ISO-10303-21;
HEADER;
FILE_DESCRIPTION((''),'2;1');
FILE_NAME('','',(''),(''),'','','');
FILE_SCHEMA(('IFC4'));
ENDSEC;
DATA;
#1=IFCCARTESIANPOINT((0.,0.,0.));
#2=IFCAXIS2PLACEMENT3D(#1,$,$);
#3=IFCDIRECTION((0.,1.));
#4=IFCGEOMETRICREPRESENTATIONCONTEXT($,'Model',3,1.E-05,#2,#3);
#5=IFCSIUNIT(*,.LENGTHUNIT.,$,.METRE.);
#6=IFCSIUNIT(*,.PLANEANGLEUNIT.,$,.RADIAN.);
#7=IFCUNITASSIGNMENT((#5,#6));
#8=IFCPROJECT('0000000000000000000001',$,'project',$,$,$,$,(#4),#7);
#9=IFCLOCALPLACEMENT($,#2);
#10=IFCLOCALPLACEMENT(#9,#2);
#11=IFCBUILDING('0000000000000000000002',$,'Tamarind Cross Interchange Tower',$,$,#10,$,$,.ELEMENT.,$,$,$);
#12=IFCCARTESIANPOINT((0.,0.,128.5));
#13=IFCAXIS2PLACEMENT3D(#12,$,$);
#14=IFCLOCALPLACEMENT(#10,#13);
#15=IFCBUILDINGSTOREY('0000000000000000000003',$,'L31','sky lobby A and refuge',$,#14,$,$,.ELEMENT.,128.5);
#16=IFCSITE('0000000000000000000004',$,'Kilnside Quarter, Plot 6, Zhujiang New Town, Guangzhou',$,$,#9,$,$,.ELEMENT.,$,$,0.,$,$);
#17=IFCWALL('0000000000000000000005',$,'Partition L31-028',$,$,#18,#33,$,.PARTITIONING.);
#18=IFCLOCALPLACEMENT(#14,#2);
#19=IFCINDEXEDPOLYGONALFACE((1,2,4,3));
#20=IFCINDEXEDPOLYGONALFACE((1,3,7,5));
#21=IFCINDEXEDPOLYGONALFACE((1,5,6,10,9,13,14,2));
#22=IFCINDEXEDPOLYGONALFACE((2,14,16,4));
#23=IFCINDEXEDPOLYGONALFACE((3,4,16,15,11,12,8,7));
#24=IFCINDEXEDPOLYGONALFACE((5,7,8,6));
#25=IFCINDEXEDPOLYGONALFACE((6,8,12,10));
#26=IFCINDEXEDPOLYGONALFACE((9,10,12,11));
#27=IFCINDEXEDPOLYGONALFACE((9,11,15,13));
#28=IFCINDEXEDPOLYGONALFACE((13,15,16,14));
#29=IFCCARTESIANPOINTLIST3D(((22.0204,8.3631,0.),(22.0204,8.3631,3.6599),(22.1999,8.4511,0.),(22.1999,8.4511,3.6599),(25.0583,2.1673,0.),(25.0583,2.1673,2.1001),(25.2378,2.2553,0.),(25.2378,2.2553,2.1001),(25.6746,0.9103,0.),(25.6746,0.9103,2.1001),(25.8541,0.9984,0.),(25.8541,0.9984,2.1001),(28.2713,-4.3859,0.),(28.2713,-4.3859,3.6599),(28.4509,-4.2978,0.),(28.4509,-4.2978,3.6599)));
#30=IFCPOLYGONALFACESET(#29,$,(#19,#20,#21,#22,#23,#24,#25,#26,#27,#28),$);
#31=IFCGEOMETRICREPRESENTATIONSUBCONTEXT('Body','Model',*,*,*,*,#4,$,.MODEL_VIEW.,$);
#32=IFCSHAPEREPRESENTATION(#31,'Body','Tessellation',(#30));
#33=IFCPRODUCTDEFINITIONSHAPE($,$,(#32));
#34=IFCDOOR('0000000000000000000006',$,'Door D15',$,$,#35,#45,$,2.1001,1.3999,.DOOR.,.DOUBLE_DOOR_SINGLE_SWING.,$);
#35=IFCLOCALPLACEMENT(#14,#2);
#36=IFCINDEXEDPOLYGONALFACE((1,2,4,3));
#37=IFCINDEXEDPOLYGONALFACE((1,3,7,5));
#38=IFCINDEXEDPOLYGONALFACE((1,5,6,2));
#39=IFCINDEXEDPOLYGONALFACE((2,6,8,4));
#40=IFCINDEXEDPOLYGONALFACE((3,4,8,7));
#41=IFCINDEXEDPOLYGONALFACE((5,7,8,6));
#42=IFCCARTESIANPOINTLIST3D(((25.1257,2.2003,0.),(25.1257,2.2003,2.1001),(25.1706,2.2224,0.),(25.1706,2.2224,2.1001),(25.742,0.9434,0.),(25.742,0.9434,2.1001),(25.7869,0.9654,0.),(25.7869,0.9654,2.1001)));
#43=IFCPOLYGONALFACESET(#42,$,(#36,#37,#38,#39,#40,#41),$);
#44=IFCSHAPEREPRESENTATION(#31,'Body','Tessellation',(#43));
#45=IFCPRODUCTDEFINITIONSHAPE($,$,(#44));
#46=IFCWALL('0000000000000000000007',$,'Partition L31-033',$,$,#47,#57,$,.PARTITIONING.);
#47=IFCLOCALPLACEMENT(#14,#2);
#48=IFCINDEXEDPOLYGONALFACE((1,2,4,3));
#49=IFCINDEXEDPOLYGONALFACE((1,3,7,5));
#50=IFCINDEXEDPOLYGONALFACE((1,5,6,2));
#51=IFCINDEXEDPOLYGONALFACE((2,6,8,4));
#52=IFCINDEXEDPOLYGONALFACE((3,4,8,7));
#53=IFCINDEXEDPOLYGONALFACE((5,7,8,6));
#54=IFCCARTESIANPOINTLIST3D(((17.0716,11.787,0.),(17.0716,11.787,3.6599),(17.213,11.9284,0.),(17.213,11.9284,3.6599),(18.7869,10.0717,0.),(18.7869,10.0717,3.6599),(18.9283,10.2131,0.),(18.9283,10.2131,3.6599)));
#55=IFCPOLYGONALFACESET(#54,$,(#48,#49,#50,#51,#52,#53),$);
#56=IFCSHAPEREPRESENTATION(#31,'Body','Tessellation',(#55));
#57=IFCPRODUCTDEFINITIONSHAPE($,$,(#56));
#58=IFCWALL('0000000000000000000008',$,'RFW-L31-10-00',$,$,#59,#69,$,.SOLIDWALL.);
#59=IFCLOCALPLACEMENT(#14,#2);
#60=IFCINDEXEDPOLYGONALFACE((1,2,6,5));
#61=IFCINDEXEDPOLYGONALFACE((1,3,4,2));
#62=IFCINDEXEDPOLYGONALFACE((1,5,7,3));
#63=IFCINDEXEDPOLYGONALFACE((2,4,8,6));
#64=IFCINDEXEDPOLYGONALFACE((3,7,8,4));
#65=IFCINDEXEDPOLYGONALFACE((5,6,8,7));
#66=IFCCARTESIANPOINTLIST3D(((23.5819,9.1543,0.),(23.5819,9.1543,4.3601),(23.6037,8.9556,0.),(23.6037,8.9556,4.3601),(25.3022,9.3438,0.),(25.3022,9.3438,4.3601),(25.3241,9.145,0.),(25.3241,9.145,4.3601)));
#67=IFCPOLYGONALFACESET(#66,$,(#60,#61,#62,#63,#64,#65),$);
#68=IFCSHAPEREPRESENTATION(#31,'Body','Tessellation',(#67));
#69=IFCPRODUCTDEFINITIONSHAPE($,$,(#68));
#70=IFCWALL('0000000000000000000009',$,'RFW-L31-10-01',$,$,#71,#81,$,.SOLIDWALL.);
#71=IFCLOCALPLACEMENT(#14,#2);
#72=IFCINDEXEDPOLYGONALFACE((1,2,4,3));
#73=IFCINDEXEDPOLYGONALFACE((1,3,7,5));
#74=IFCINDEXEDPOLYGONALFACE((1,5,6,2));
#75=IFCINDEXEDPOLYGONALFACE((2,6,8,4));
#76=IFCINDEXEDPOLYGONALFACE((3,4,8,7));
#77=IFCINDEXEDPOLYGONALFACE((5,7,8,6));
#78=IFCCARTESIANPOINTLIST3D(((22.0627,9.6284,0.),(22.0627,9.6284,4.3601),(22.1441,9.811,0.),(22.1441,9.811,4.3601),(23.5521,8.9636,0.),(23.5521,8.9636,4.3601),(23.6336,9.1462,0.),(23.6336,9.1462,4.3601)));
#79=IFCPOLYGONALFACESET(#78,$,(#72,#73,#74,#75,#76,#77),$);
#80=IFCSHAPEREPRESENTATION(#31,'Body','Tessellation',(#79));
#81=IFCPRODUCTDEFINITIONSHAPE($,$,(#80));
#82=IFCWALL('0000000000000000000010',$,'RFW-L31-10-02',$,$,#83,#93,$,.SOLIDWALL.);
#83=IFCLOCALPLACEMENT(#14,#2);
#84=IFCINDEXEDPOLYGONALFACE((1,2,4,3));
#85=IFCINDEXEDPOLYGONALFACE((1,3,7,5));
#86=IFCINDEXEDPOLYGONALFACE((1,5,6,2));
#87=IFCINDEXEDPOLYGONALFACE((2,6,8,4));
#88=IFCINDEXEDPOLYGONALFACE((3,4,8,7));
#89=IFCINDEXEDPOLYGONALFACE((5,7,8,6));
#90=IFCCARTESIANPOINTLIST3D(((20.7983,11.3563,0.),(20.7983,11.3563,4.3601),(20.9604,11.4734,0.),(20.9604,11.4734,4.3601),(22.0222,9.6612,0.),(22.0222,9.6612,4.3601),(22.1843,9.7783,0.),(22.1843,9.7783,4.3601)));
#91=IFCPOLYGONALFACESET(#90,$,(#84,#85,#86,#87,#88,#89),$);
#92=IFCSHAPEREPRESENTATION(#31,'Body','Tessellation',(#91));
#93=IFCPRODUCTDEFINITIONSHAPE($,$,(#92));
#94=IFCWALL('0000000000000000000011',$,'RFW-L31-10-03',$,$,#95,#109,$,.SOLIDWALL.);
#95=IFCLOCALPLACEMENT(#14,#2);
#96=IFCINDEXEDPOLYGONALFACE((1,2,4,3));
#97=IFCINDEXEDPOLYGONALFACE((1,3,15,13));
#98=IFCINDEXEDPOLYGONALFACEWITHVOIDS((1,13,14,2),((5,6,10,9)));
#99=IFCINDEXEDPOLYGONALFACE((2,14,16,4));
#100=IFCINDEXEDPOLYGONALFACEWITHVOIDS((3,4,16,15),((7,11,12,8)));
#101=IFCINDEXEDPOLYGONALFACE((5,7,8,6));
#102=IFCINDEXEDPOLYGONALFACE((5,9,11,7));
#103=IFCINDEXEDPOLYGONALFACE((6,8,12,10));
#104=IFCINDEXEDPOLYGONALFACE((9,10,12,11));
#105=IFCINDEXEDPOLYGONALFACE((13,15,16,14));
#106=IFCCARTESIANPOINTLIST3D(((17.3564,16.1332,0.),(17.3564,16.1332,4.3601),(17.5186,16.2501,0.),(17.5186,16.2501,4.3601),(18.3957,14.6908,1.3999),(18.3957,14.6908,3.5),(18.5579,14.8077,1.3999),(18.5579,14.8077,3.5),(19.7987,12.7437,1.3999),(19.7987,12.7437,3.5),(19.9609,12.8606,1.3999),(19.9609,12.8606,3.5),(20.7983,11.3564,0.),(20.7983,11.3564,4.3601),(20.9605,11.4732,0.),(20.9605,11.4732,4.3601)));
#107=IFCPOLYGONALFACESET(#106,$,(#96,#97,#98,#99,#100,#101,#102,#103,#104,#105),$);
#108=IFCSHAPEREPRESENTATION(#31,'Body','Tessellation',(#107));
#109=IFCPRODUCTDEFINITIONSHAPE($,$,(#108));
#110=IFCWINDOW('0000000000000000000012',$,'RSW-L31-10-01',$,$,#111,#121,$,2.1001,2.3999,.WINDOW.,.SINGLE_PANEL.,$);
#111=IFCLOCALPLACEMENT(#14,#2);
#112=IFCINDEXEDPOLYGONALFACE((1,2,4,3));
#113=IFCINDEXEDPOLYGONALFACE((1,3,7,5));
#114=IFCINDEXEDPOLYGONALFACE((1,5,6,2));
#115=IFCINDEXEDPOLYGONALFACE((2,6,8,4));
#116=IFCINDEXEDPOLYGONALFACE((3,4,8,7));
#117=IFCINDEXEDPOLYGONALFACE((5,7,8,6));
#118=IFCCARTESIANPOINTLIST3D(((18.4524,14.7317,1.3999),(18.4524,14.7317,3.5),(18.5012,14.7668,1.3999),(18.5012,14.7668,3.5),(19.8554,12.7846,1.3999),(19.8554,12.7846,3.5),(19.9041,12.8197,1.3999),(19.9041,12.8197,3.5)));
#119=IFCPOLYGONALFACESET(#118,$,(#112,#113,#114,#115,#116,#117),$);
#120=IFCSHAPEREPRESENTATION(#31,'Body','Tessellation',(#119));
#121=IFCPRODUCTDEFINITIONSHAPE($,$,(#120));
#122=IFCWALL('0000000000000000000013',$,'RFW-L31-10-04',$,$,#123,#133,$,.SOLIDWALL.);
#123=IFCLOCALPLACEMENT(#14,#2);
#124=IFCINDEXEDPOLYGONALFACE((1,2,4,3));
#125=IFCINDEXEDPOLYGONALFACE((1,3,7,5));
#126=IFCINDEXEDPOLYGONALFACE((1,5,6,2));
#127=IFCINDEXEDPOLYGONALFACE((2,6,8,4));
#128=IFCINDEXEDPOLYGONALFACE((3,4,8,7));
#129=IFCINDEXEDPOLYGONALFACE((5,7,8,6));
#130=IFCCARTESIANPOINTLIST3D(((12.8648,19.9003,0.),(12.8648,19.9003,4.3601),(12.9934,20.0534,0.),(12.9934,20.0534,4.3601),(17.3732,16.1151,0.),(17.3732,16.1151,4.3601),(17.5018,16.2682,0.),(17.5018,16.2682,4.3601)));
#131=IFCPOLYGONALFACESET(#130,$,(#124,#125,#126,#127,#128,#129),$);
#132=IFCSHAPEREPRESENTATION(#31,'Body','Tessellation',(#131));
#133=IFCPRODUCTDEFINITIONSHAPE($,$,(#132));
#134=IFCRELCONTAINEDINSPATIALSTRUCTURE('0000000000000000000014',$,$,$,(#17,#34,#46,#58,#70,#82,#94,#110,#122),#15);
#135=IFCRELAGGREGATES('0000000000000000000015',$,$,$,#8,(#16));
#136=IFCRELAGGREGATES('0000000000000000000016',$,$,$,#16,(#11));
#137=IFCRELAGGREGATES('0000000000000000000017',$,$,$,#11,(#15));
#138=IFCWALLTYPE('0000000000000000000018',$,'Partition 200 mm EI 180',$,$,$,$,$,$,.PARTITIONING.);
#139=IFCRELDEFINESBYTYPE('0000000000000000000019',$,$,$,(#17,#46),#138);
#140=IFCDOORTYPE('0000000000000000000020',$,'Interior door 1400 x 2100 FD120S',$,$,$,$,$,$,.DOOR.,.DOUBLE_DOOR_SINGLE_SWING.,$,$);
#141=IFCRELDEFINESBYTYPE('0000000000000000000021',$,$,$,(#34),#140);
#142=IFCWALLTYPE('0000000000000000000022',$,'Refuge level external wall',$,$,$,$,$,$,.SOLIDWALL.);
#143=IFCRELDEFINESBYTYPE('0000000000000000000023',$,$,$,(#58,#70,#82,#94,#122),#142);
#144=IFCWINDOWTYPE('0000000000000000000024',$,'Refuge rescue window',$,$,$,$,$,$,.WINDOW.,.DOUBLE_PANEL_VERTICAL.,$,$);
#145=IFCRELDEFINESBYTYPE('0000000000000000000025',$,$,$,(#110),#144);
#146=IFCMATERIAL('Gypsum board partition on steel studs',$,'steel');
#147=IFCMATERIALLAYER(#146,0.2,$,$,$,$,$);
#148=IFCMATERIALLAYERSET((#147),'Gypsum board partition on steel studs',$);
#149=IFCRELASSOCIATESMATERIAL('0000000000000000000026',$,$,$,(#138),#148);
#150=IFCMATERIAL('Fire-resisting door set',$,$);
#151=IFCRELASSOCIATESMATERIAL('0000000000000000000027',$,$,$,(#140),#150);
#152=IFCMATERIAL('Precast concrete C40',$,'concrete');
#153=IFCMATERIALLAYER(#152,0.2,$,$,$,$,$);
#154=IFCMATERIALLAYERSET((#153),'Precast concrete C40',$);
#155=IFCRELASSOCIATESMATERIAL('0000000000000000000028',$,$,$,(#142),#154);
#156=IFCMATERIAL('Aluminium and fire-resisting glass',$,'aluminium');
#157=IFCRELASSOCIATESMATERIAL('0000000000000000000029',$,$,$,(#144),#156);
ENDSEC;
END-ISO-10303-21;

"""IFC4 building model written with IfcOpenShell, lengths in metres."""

from ifc_helpers import new_model, si_unit, direction, frame, frame_2d, origin, place, context, subcontext, project, spatial, rectangle, extrude, material, layer, layer_set, type_object, element, fill, save


model = new_model("IFC4")

# Units and contexts
model_context = context("Model", 3, precision=1e-05, world=origin(), true_north=direction((0.0, 1.0)))
body_context = subcontext(model_context, "Body", "Model", "MODEL_VIEW")
ifc_project = project(units=[si_unit("LENGTHUNIT", "METRE"), si_unit("PLANEANGLEUNIT", "RADIAN")], contexts=[model_context])

# Site, building, storey
site_placement = place(None, origin())
site = spatial("IfcSite", under=ifc_project, at=site_placement, Name="Kilnside Quarter, Plot 6, Zhujiang New Town, Guangzhou", CompositionType="ELEMENT", RefElevation=0.0)
building_placement = place(site_placement, origin())
building = spatial("IfcBuilding", under=site, at=building_placement, Name="Tamarind Cross Interchange Tower", CompositionType="ELEMENT")
storey_placement = place(building_placement, frame((0.0, 0.0, 128.5)))
storey = spatial("IfcBuildingStorey", under=building, at=storey_placement, Name="L31", Description="sky lobby A and refuge", CompositionType="ELEMENT", Elevation=128.5)

# Wall, opening, door
ifc_material_1 = material(Name="Gypsum board partition on steel studs", Category="steel")
ifc_layer_1 = layer(ifc_material_1, 0.2)
ifc_layer_set_1 = layer_set([ifc_layer_1], Name="Gypsum board partition on steel studs")
wall_type_1 = type_object("IfcWallType", Name="Partition 200 mm EI 180", PredefinedType="PARTITIONING", material=ifc_layer_set_1)
wall_1_placement = place(storey_placement, frame((22.1101, 8.4072, 0.0), z_axis=(0.0, 0.0, 1.0), x_axis=(0.44024, -0.89788, 0.0)))
wall_1 = element("IfcWall", 1, at=wall_1_placement, inside=storey, type_object=wall_type_1, Name="Partition L31-028", PredefinedType="PARTITIONING", context=body_context, shape_type="SweptSolid", body=[
    extrude(rectangle(XDim=14.199, YDim=0.2, at=frame_2d((7.0996, 0.0))), origin(), (0.0, 0.0, 1.0), 3.6599),
])
opening_1_placement = place(wall_1_placement, frame((6.9006, 0.0, 0.0)))
opening_1 = element("IfcOpeningElement", 2, at=opening_1_placement, cuts=wall_1, PredefinedType="OPENING", context=body_context, shape_type="SweptSolid", body=[
    extrude(rectangle(XDim=1.3999, YDim=2.1001, at=frame_2d((0.7, 1.05))), frame((0.0, 0.1099, 0.0), z_axis=(0.0, -1.0, 0.0), x_axis=(1.0, 0.0, 0.0)), (0.0, 0.0, 1.0), 0.22),
])
ifc_material_2 = material(Name="Fire-resisting door set")
door_type_1 = type_object("IfcDoorType", Name="Interior door 1400 x 2100 FD120S", OperationType="DOUBLE_DOOR_SINGLE_SWING", PredefinedType="DOOR", material=ifc_material_2)
door_1_placement = place(opening_1_placement, frame((1.3999, 0.0, 0.0), z_axis=(0.0, 0.0, 1.0), x_axis=(-1.0, 0.0, 0.0)))
door_1 = element("IfcDoor", 3, at=door_1_placement, inside=storey, type_object=door_type_1, Name="Door D15", OperationType="DOUBLE_DOOR_SINGLE_SWING", OverallHeight=2.1001, OverallWidth=1.3999, PredefinedType="DOOR", context=body_context, shape_type="SweptSolid", body=[
    extrude(rectangle(XDim=1.3999, YDim=2.1001, at=frame_2d((0.7, 1.05))), frame((0.0, 0.0249, 0.0), z_axis=(0.0, -1.0, 0.0), x_axis=(1.0, 0.0, 0.0)), (0.0, 0.0, 1.0), 0.05),
])
fill(opening_1, door_1)

# Walls
wall_2_placement = place(storey_placement, frame((17.1423, 11.8577, 0.0), z_axis=(0.0, 0.0, 1.0), x_axis=(0.707107, -0.707107, 0.0)))
element("IfcWall", 4, at=wall_2_placement, inside=storey, type_object=wall_type_1, Name="Partition L31-033", PredefinedType="PARTITIONING", context=body_context, shape_type="SweptSolid", body=[
    extrude(rectangle(XDim=2.4258, YDim=0.2, at=frame_2d((1.2129, 0.0))), origin(), (0.0, 0.0, 1.0), 3.6599),
])
ifc_material_3 = material(Name="Precast concrete C40", Category="concrete")
ifc_layer_2 = layer(ifc_material_3, 0.2)
ifc_layer_set_2 = layer_set([ifc_layer_2], Name="Precast concrete C40")
wall_type_2 = type_object("IfcWallType", Name="Refuge level external wall", PredefinedType="SOLIDWALL", material=ifc_layer_set_2)
wall_3_placement = place(storey_placement, frame((25.313, 9.2444, 0.0), z_axis=(0.0, 0.0, 1.0), x_axis=(-0.99399, -0.109472, 0.0)))
element("IfcWall", 5, at=wall_3_placement, inside=storey, type_object=wall_type_2, Name="RFW-L31-10-00", PredefinedType="SOLIDWALL", context=body_context, shape_type="SweptSolid", body=[
    extrude(rectangle(XDim=1.7307, YDim=0.2, at=frame_2d((0.8652, 0.0))), origin(), (0.0, 0.0, 1.0), 4.3601),
])
wall_4_placement = place(storey_placement, frame((23.5928, 9.0549, 0.0), z_axis=(0.0, 0.0, 1.0), x_axis=(-0.913175, 0.407568, 0.0)))
element("IfcWall", 6, at=wall_4_placement, inside=storey, type_object=wall_type_2, Name="RFW-L31-10-01", PredefinedType="SOLIDWALL", context=body_context, shape_type="SweptSolid", body=[
    extrude(rectangle(XDim=1.6311, YDim=0.2, at=frame_2d((0.8154, 0.0))), origin(), (0.0, 0.0, 1.0), 4.3601),
])
wall_5_placement = place(storey_placement, frame((22.1033, 9.7197, 0.0), z_axis=(0.0, 0.0, 1.0), x_axis=(-0.585384, 0.810756, 0.0)))
element("IfcWall", 7, at=wall_5_placement, inside=storey, type_object=wall_type_2, Name="RFW-L31-10-02", PredefinedType="SOLIDWALL", context=body_context, shape_type="SweptSolid", body=[
    extrude(rectangle(XDim=2.0908, YDim=0.2, at=frame_2d((1.0454, 0.0))), origin(), (0.0, 0.0, 1.0), 4.3601),
])

# Wall, opening, window
wall_6_placement = place(storey_placement, frame((20.8794, 11.4148, 0.0), z_axis=(0.0, 0.0, 1.0), x_axis=(-0.584591, 0.811328, 0.0)))
wall_6 = element("IfcWall", 8, at=wall_6_placement, inside=storey, type_object=wall_type_2, Name="RFW-L31-10-03", PredefinedType="SOLIDWALL", context=body_context, shape_type="SweptSolid", body=[
    extrude(rectangle(XDim=5.8877, YDim=0.2, at=frame_2d((2.9438, 0.0))), origin(), (0.0, 0.0, 1.0), 4.3601),
])
opening_2_placement = place(wall_6_placement, frame((1.71, 0.0, 1.3999)))
opening_2 = element("IfcOpeningElement", 9, at=opening_2_placement, cuts=wall_6, PredefinedType="OPENING", context=body_context, shape_type="SweptSolid", body=[
    extrude(rectangle(XDim=2.3999, YDim=2.1001, at=frame_2d((1.2, 1.05))), frame((0.0, 0.1099, 0.0), z_axis=(0.0, -1.0, 0.0), x_axis=(1.0, 0.0, 0.0)), (0.0, 0.0, 1.0), 0.22),
])
ifc_material_4 = material(Name="Aluminium and fire-resisting glass", Category="aluminium")
window_type = type_object("IfcWindowType", Name="Refuge rescue window", PartitioningType="DOUBLE_PANEL_VERTICAL", PredefinedType="WINDOW", material=ifc_material_4)
window_placement = place(opening_2_placement, origin())
window = element("IfcWindow", 10, at=window_placement, inside=storey, type_object=window_type, Name="RSW-L31-10-01", OverallHeight=2.1001, OverallWidth=2.3999, PartitioningType="SINGLE_PANEL", PredefinedType="WINDOW", context=body_context, shape_type="SweptSolid", body=[
    extrude(rectangle(XDim=2.3999, YDim=2.1001, at=frame_2d((1.2, 1.05))), frame((0.0, 0.03, 0.0), z_axis=(0.0, -1.0, 0.0), x_axis=(1.0, 0.0, 0.0)), (0.0, 0.0, 1.0), 0.0601),
])
fill(opening_2, window)

# Wall
wall_7_placement = place(storey_placement, frame((17.4375, 16.1917, 0.0), z_axis=(0.0, 0.0, 1.0), x_axis=(-0.765857, 0.643011, 0.0)))
element("IfcWall", 11, at=wall_7_placement, inside=storey, type_object=wall_type_2, Name="RFW-L31-10-04", PredefinedType="SOLIDWALL", context=body_context, shape_type="SweptSolid", body=[
    extrude(rectangle(XDim=5.8867, YDim=0.2, at=frame_2d((2.9434, 0.0))), origin(), (0.0, 0.0, 1.0), 4.3601),
])

save(model, "model.ifc")
